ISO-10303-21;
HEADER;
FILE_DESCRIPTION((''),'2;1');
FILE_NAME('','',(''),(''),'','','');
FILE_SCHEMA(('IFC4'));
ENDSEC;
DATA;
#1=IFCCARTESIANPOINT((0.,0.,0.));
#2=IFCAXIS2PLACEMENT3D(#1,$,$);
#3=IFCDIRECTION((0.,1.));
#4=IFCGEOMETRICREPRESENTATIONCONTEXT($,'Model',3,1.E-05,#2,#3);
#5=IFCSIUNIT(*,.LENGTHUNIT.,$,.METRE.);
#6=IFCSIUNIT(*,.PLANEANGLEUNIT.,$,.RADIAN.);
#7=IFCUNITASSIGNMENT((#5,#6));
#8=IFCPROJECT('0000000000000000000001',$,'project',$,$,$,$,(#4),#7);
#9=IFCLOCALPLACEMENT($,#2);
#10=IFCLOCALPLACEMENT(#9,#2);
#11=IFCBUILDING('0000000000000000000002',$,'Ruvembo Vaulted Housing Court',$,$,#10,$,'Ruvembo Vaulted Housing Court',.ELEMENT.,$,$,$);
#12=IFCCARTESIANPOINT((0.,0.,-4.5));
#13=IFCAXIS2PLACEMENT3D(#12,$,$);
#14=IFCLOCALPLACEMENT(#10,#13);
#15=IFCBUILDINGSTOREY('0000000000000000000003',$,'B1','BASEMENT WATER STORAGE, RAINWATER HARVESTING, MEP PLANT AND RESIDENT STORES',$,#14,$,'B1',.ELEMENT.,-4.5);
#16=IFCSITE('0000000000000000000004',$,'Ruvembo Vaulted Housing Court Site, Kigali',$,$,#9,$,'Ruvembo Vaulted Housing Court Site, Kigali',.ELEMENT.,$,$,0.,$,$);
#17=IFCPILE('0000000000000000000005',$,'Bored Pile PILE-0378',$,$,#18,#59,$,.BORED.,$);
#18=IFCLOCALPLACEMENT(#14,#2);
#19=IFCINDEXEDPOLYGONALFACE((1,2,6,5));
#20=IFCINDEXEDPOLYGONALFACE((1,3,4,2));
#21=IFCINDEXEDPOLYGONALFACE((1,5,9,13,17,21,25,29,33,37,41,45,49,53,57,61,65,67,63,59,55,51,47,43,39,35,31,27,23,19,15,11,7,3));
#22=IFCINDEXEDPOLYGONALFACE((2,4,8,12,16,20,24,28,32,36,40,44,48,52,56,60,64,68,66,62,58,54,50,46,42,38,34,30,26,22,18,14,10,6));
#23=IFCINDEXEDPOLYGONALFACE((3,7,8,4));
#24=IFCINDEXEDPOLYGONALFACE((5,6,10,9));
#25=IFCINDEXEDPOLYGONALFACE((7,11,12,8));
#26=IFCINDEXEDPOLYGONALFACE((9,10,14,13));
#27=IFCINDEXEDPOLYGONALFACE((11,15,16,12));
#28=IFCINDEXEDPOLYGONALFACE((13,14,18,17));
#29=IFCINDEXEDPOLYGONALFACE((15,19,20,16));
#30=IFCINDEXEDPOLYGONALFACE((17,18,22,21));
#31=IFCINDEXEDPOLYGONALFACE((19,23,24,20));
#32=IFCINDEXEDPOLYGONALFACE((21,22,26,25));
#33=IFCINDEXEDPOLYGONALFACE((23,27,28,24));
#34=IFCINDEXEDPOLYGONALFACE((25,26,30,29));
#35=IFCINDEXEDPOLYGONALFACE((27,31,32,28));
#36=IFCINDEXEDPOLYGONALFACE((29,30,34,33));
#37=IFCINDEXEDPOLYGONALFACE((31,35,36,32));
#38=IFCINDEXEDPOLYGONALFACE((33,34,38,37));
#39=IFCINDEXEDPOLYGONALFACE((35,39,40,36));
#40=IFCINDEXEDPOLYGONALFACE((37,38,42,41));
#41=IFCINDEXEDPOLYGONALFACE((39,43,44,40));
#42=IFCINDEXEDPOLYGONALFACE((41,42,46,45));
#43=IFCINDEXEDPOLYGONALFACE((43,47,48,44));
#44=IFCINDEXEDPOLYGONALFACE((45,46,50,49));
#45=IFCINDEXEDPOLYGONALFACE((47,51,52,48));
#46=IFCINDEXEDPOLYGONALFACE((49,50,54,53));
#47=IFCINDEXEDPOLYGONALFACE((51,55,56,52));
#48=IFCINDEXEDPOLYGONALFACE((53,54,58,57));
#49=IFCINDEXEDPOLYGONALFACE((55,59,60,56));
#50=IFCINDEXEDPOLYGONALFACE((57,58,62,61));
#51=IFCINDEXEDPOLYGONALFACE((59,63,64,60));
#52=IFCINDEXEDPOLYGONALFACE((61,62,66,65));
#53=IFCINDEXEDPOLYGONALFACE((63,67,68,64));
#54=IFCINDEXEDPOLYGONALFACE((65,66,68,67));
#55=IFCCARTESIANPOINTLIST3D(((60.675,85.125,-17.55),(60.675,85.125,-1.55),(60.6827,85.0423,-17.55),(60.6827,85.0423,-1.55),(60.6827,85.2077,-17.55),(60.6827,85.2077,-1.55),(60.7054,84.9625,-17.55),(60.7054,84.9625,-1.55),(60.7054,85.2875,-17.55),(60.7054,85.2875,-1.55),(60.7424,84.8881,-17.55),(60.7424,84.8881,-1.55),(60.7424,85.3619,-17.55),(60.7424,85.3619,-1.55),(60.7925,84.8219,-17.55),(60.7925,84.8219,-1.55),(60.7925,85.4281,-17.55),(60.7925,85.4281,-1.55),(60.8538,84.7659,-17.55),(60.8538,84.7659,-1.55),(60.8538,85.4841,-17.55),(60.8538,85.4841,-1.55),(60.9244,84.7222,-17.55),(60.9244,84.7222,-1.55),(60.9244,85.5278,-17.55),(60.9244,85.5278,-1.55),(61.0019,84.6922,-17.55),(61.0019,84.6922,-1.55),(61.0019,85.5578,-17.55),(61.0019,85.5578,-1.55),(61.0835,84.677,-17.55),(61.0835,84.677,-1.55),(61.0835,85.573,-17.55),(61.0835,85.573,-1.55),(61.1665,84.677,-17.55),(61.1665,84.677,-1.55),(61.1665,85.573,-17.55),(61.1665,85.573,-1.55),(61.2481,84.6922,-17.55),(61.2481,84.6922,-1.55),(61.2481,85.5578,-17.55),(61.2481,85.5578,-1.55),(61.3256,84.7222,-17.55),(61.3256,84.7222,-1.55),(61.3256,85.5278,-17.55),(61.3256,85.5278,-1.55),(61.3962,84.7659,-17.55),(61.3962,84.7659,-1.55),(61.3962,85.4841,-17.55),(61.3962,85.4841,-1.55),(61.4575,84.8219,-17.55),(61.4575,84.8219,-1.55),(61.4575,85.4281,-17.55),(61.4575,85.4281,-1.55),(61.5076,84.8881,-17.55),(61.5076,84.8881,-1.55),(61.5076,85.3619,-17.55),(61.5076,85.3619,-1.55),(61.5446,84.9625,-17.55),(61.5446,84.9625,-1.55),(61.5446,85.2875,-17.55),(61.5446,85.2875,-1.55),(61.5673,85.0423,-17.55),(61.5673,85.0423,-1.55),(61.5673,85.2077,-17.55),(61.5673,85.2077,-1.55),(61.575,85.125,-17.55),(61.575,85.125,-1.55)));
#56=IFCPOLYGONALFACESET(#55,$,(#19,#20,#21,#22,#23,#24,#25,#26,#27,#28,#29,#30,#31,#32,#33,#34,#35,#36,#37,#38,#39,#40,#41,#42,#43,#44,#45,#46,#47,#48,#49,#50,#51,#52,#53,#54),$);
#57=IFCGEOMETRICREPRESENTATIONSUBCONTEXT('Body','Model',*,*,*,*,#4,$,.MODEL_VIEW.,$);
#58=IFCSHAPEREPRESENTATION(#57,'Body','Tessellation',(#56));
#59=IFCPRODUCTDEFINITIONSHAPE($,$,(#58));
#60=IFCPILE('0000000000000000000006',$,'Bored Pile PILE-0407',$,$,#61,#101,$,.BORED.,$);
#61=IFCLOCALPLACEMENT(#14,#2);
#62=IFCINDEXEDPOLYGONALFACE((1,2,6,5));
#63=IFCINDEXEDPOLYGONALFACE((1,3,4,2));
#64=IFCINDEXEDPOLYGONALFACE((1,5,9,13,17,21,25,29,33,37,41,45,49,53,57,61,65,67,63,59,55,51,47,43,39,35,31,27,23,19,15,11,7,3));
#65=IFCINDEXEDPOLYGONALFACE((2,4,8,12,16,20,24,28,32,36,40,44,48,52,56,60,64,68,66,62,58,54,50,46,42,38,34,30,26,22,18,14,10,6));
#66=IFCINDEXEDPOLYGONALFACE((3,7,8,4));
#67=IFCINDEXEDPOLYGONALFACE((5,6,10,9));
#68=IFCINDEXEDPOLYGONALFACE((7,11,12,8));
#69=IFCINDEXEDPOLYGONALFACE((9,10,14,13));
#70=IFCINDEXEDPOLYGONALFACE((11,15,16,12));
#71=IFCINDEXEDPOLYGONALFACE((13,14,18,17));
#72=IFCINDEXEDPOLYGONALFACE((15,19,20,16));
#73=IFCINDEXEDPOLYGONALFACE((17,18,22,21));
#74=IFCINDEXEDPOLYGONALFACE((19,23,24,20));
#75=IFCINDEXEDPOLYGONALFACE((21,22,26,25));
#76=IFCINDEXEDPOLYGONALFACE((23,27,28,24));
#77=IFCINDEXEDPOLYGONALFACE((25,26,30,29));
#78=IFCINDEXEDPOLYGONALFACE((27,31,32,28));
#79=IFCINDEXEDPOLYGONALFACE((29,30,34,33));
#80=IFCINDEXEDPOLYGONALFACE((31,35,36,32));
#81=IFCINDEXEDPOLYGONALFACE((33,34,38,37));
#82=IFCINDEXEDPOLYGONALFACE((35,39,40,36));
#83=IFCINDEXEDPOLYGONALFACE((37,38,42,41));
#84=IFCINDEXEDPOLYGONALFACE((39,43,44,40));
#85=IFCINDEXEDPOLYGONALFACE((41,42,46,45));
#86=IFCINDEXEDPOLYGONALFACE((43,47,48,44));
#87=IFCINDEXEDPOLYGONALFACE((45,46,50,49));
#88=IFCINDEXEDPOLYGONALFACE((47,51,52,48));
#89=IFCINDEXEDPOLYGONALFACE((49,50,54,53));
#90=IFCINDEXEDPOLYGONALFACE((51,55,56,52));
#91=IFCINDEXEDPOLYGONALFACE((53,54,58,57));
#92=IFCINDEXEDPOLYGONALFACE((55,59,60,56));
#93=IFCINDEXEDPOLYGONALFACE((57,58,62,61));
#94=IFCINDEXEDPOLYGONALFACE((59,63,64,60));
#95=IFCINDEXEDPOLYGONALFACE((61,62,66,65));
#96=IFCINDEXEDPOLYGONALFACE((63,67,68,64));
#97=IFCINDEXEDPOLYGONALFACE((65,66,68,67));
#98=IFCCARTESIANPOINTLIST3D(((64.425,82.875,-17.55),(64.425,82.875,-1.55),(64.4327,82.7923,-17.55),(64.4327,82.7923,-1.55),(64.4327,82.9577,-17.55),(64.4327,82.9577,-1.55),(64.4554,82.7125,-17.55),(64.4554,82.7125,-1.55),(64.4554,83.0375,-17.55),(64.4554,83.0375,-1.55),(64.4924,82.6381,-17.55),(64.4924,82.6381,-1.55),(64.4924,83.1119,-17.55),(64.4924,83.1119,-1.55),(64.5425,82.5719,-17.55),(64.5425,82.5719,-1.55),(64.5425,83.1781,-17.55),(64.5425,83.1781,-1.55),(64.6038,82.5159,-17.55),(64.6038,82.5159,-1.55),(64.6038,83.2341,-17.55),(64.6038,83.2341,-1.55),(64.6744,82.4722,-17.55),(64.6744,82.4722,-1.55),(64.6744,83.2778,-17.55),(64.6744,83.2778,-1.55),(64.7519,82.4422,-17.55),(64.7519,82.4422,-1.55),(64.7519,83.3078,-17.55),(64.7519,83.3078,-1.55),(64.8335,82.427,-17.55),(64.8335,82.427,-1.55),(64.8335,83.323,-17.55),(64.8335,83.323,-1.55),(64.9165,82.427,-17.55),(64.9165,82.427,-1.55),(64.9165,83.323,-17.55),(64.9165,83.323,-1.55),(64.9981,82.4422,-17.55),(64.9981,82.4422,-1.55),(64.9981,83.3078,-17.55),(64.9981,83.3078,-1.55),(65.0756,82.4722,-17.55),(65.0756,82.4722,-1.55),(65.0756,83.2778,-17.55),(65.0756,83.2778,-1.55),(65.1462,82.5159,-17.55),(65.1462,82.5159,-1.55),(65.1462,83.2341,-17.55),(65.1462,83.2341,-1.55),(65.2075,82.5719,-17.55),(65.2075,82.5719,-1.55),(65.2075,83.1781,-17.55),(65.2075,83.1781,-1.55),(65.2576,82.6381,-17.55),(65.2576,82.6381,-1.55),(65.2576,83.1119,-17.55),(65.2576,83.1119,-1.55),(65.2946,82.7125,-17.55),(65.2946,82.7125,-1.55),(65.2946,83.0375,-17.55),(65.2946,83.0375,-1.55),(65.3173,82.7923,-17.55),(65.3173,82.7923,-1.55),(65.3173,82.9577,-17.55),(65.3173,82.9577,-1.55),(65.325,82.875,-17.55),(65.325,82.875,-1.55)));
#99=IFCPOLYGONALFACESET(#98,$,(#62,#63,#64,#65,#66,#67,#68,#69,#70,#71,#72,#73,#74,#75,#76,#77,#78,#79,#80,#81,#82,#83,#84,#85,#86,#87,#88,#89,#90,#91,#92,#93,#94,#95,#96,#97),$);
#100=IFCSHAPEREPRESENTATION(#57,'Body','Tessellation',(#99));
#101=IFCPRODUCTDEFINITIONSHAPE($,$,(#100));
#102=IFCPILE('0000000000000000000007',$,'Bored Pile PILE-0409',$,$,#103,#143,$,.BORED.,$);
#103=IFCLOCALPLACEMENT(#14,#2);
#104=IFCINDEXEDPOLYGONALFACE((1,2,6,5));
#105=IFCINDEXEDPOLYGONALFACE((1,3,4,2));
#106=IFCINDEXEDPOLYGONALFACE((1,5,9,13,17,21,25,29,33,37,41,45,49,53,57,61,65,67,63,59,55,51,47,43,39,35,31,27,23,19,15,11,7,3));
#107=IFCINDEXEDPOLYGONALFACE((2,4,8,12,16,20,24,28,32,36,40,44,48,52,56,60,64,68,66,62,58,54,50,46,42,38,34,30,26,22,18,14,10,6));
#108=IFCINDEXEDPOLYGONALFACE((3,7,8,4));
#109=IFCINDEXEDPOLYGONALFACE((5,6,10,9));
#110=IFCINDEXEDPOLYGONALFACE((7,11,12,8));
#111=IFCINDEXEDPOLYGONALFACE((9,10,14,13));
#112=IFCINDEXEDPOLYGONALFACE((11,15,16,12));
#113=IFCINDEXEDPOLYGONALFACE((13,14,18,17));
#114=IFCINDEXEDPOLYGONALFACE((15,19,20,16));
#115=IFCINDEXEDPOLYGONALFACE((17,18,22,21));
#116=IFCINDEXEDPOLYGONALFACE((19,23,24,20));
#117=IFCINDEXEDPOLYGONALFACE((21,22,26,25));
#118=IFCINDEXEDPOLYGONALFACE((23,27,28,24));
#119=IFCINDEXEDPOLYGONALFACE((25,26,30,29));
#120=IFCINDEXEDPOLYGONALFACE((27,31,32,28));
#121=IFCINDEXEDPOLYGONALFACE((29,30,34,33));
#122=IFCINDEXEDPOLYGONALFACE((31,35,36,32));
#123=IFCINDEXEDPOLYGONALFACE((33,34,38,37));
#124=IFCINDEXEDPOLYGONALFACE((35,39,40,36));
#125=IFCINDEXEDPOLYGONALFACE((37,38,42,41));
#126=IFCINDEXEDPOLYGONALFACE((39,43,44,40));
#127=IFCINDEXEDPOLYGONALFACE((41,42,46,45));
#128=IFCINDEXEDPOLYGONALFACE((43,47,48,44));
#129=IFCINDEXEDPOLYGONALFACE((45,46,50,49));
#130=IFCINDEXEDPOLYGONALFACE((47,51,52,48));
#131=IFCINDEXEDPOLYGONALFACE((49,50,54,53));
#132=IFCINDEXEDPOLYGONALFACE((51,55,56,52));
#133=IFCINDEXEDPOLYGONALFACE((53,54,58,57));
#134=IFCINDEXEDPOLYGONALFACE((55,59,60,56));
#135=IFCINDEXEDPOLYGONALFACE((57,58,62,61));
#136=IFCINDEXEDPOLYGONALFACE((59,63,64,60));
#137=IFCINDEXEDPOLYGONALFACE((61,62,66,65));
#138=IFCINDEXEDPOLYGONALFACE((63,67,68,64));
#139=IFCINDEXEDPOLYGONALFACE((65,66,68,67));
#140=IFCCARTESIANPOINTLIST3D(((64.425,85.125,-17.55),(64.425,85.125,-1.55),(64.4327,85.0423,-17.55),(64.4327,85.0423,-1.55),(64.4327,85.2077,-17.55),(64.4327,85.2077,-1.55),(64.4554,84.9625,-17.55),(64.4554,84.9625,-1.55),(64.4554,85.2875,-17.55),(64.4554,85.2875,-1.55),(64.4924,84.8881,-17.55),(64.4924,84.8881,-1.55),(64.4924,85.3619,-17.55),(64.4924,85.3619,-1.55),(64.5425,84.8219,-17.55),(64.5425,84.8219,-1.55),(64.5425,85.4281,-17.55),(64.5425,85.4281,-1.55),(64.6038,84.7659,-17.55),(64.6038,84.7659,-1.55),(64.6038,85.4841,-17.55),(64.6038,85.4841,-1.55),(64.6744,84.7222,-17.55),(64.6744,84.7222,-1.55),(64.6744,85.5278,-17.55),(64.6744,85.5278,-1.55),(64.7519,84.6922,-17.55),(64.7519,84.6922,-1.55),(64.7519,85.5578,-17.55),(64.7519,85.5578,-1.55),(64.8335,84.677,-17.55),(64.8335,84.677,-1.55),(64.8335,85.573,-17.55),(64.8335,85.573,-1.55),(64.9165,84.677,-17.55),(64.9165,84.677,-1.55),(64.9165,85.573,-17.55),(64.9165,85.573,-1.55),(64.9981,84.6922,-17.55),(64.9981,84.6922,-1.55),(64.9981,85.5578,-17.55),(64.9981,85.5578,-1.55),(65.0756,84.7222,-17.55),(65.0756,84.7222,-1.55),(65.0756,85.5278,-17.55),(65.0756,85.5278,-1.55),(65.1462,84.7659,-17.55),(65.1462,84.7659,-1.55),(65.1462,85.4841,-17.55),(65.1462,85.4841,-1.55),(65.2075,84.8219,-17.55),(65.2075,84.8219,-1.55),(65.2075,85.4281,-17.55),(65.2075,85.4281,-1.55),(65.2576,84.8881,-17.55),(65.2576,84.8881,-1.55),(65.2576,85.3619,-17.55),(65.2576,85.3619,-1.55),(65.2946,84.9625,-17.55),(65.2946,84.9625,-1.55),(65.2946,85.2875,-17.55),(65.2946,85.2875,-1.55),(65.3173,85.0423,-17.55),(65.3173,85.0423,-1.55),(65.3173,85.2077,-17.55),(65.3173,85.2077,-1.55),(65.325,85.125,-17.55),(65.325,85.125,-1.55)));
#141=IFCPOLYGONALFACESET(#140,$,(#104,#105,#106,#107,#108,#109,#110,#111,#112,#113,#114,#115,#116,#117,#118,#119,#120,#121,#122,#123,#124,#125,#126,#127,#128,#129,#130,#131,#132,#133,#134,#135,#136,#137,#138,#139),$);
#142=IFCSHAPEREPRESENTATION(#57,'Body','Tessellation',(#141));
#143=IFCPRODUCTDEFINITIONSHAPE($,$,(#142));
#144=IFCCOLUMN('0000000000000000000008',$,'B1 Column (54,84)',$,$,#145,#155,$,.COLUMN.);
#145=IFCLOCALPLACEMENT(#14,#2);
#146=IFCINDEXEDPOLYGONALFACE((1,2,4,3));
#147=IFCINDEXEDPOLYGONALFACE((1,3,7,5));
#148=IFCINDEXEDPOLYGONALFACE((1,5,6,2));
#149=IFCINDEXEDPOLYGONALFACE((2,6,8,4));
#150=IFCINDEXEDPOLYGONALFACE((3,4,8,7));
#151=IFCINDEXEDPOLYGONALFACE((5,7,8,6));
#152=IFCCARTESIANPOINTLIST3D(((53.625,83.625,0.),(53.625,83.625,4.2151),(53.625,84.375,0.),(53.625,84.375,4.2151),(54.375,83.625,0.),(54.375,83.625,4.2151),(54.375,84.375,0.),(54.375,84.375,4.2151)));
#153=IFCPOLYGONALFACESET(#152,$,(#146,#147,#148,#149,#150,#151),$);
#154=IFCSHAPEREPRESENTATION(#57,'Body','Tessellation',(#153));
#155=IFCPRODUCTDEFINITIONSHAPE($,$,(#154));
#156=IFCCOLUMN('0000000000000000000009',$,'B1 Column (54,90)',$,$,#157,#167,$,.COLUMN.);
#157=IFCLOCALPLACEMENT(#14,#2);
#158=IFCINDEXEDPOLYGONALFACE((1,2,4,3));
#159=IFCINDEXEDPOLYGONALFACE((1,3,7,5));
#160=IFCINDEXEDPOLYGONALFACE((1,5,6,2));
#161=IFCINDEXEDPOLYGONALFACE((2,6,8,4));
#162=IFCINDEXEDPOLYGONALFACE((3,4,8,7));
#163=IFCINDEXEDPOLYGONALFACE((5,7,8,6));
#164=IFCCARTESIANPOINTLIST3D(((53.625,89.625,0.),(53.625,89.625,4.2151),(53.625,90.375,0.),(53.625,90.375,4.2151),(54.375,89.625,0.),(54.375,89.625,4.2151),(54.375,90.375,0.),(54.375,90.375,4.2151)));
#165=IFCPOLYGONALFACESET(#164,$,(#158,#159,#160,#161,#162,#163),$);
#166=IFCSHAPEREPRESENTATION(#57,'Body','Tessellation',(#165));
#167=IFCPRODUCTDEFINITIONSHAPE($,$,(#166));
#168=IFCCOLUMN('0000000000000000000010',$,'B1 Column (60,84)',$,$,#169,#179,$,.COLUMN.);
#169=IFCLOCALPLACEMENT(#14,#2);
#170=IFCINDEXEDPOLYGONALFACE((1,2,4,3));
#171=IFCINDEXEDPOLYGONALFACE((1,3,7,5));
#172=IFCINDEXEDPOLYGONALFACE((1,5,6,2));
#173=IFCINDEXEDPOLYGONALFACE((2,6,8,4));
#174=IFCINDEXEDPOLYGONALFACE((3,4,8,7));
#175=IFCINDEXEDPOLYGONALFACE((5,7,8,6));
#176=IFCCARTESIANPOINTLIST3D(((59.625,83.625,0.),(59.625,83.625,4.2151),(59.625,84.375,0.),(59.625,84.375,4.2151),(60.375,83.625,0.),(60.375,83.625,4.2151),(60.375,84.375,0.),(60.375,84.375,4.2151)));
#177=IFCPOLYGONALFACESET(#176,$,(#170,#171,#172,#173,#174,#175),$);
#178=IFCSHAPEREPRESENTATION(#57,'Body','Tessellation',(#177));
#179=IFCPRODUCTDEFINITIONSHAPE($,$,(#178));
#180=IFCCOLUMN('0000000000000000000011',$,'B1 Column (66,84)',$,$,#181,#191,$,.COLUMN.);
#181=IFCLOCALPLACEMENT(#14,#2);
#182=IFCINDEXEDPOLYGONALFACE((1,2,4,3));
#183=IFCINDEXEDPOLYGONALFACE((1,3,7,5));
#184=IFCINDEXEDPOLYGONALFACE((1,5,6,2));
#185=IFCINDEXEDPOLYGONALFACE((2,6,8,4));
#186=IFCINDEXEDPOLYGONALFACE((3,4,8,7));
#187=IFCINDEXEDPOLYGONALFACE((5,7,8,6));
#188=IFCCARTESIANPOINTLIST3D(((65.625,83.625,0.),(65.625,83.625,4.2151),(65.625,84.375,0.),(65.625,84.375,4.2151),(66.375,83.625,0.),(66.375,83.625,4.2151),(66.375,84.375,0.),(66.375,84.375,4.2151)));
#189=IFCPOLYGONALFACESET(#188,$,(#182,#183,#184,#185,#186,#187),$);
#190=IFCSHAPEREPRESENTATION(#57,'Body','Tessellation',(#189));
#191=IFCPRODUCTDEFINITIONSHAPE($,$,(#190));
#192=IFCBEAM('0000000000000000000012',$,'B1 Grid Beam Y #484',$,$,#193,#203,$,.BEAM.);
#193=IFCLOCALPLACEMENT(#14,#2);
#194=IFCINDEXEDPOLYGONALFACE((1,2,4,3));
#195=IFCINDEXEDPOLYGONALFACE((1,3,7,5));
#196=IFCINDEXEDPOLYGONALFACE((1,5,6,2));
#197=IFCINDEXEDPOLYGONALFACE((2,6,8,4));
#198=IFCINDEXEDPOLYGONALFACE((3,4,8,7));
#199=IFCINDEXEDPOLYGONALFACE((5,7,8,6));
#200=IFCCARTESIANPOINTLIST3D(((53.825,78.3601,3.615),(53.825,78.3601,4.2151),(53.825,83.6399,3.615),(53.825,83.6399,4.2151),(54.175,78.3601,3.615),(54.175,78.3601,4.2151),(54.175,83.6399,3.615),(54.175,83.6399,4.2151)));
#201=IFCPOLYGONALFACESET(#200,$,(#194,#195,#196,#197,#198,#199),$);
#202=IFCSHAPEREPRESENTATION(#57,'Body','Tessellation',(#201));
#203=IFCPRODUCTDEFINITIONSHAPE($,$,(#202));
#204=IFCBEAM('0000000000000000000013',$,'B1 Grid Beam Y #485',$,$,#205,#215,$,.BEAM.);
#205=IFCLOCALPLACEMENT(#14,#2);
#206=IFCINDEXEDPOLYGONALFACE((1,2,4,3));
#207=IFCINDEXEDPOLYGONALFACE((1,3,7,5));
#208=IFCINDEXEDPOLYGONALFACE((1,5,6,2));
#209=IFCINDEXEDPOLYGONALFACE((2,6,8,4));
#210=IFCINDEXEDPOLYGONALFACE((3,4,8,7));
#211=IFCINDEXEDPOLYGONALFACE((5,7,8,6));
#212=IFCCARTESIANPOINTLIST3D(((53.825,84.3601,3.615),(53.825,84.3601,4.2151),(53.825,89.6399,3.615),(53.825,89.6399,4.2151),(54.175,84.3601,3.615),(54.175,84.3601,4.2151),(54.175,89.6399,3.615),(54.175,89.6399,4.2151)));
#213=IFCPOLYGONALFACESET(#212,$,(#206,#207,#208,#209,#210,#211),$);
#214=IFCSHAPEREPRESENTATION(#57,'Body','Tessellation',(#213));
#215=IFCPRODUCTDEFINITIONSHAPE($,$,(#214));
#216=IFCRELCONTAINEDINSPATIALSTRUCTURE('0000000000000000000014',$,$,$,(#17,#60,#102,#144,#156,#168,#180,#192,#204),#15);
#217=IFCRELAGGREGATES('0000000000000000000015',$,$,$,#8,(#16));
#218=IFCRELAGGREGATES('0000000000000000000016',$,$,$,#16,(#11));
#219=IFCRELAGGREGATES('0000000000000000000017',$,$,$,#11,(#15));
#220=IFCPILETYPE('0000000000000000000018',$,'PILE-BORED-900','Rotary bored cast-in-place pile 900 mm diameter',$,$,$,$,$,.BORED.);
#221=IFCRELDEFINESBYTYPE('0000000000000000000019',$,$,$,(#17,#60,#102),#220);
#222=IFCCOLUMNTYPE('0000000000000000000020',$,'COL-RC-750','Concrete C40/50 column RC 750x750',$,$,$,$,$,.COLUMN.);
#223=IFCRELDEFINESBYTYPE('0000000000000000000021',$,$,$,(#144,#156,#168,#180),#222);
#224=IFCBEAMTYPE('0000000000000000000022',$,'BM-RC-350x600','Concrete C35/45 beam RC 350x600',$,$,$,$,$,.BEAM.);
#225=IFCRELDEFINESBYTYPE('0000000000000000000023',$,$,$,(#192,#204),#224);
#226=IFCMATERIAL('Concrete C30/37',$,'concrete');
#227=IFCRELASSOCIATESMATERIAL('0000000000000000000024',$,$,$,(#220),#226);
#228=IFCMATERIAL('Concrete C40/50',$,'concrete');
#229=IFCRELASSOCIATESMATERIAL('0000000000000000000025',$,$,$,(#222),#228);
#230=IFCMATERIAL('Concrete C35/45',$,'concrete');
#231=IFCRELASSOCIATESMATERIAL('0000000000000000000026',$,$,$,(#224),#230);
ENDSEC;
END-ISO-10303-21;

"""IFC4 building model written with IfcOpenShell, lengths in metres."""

from ifc_helpers import new_model, si_unit, direction, frame, origin, origin_2d, place, context, subcontext, project, spatial, rectangle, circle, extrude, material, material_profile, profile_set, type_object, element, save


model = new_model("IFC4")

# Units and contexts
model_context = context("Model", 3, precision=1e-05, world=origin(), true_north=direction((0.0, 1.0)))
body_context = subcontext(model_context, "Body", "Model", "MODEL_VIEW")
ifc_project = project(units=[si_unit("LENGTHUNIT", "METRE"), si_unit("PLANEANGLEUNIT", "RADIAN")], contexts=[model_context])

# Site, building, storey
site_placement = place(None, origin())
site = spatial("IfcSite", under=ifc_project, at=site_placement, Name="Ruvembo Vaulted Housing Court Site, Kigali", LongName="Ruvembo Vaulted Housing Court Site, Kigali", CompositionType="ELEMENT", RefElevation=0.0)
building_placement = place(site_placement, origin())
building = spatial("IfcBuilding", under=site, at=building_placement, Name="Ruvembo Vaulted Housing Court", LongName="Ruvembo Vaulted Housing Court", CompositionType="ELEMENT")
storey_placement = place(building_placement, frame((0.0, 0.0, -4.5)))
storey = spatial("IfcBuildingStorey", under=building, at=storey_placement, Name="B1", Description="BASEMENT WATER STORAGE, RAINWATER HARVESTING, MEP PLANT AND RESIDENT STORES", LongName="B1", CompositionType="ELEMENT", Elevation=-4.5)

# Shared definitions
ifc_material_1 = material(Name="Concrete C35/45", Category="concrete")

# Piles
ifc_material_2 = material(Name="Concrete C30/37", Category="concrete")
ifc_material_profile_1 = material_profile(ifc_material_2, circle(Radius=0.45, at=origin_2d()), Name="PILE D900")
ifc_profile_set_1 = profile_set([ifc_material_profile_1], Name="Concrete C30/37")
pile_type = type_object("IfcPileType", Name="PILE-BORED-900", Description="Rotary bored cast-in-place pile 900 mm diameter", PredefinedType="BORED", material=ifc_profile_set_1)
for number, where, z_axis, x_axis, name in (
    (1, (61.125, 85.125, -1.55), (0.0, 0.0, -1.0), (1.0, 0.0, 0.0), "Bored Pile PILE-0378"),
    (2, (64.875, 82.875, -1.55), (0.0, 0.0, -1.0), (1.0, 0.0, 0.0), "Bored Pile PILE-0407"),
    (3, (64.875, 85.125, -1.55), (0.0, 0.0, -1.0), (1.0, 0.0, 0.0), "Bored Pile PILE-0409"),
):
    element("IfcPile", number, at=place(storey_placement, frame(where, z_axis=z_axis, x_axis=x_axis)), inside=storey, type_object=pile_type, Name=name, PredefinedType="BORED", context=body_context, shape_type="SweptSolid", body=[
        extrude(circle(Radius=0.45, at=origin_2d()), origin(), (0.0, 0.0, 1.0), 16.0),
    ])

# Columns
ifc_material_3 = material(Name="Concrete C40/50", Category="concrete")
ifc_material_profile_2 = material_profile(ifc_material_3, rectangle(XDim=0.75, YDim=0.75, at=origin_2d()), Name="RC 750x750")
ifc_profile_set_2 = profile_set([ifc_material_profile_2], Name="Concrete C40/50")
column_type = type_object("IfcColumnType", Name="COL-RC-750", Description="Concrete C40/50 column RC 750x750", PredefinedType="COLUMN", material=ifc_profile_set_2)
for number, where, z_axis, x_axis, name in (
    (4, (54.0, 84.0, 0.0), (0.0, 0.0, 1.0), (1.0, 0.0, 0.0), "B1 Column (54,84)"),
    (5, (54.0, 90.0, 0.0), (0.0, 0.0, 1.0), (1.0, 0.0, 0.0), "B1 Column (54,90)"),
    (6, (60.0, 84.0, 0.0), (0.0, 0.0, 1.0), (1.0, 0.0, 0.0), "B1 Column (60,84)"),
    (7, (66.0, 84.0, 0.0), (0.0, 0.0, 1.0), (1.0, 0.0, 0.0), "B1 Column (66,84)"),
):
    element("IfcColumn", number, at=place(storey_placement, frame(where, z_axis=z_axis, x_axis=x_axis)), inside=storey, type_object=column_type, Name=name, PredefinedType="COLUMN", context=body_context, shape_type="SweptSolid", body=[
        extrude(rectangle(XDim=0.75, YDim=0.75, at=origin_2d()), origin(), (0.0, 0.0, 1.0), 4.2151),
    ])

# Beams
ifc_material_profile_3 = material_profile(ifc_material_1, rectangle(XDim=0.3501, YDim=0.6001, at=origin_2d()), Name="RC 350x600")
ifc_profile_set_3 = profile_set([ifc_material_profile_3], Name="Concrete C35/45")
beam_type_1 = type_object("IfcBeamType", Name="BM-RC-350x600", Description="Concrete C35/45 beam RC 350x600", PredefinedType="BEAM", material=ifc_profile_set_3)
for number, where, z_axis, x_axis, name in (
    (8, (54.0, 78.3601, 3.915), (0.0, 1.0, 0.0), (-1.0, 0.0, 0.0), "B1 Grid Beam Y #484"),
    (9, (54.0, 84.3601, 3.915), (0.0, 1.0, 0.0), (-1.0, 0.0, 0.0), "B1 Grid Beam Y #485"),
):
    element("IfcBeam", number, at=place(storey_placement, frame(where, z_axis=z_axis, x_axis=x_axis)), inside=storey, type_object=beam_type_1, Name=name, PredefinedType="BEAM", context=body_context, shape_type="SweptSolid", body=[
        extrude(rectangle(XDim=0.3501, YDim=0.6001, at=origin_2d()), origin(), (0.0, 0.0, 1.0), 5.2798),
    ])

save(model, "model.ifc")
